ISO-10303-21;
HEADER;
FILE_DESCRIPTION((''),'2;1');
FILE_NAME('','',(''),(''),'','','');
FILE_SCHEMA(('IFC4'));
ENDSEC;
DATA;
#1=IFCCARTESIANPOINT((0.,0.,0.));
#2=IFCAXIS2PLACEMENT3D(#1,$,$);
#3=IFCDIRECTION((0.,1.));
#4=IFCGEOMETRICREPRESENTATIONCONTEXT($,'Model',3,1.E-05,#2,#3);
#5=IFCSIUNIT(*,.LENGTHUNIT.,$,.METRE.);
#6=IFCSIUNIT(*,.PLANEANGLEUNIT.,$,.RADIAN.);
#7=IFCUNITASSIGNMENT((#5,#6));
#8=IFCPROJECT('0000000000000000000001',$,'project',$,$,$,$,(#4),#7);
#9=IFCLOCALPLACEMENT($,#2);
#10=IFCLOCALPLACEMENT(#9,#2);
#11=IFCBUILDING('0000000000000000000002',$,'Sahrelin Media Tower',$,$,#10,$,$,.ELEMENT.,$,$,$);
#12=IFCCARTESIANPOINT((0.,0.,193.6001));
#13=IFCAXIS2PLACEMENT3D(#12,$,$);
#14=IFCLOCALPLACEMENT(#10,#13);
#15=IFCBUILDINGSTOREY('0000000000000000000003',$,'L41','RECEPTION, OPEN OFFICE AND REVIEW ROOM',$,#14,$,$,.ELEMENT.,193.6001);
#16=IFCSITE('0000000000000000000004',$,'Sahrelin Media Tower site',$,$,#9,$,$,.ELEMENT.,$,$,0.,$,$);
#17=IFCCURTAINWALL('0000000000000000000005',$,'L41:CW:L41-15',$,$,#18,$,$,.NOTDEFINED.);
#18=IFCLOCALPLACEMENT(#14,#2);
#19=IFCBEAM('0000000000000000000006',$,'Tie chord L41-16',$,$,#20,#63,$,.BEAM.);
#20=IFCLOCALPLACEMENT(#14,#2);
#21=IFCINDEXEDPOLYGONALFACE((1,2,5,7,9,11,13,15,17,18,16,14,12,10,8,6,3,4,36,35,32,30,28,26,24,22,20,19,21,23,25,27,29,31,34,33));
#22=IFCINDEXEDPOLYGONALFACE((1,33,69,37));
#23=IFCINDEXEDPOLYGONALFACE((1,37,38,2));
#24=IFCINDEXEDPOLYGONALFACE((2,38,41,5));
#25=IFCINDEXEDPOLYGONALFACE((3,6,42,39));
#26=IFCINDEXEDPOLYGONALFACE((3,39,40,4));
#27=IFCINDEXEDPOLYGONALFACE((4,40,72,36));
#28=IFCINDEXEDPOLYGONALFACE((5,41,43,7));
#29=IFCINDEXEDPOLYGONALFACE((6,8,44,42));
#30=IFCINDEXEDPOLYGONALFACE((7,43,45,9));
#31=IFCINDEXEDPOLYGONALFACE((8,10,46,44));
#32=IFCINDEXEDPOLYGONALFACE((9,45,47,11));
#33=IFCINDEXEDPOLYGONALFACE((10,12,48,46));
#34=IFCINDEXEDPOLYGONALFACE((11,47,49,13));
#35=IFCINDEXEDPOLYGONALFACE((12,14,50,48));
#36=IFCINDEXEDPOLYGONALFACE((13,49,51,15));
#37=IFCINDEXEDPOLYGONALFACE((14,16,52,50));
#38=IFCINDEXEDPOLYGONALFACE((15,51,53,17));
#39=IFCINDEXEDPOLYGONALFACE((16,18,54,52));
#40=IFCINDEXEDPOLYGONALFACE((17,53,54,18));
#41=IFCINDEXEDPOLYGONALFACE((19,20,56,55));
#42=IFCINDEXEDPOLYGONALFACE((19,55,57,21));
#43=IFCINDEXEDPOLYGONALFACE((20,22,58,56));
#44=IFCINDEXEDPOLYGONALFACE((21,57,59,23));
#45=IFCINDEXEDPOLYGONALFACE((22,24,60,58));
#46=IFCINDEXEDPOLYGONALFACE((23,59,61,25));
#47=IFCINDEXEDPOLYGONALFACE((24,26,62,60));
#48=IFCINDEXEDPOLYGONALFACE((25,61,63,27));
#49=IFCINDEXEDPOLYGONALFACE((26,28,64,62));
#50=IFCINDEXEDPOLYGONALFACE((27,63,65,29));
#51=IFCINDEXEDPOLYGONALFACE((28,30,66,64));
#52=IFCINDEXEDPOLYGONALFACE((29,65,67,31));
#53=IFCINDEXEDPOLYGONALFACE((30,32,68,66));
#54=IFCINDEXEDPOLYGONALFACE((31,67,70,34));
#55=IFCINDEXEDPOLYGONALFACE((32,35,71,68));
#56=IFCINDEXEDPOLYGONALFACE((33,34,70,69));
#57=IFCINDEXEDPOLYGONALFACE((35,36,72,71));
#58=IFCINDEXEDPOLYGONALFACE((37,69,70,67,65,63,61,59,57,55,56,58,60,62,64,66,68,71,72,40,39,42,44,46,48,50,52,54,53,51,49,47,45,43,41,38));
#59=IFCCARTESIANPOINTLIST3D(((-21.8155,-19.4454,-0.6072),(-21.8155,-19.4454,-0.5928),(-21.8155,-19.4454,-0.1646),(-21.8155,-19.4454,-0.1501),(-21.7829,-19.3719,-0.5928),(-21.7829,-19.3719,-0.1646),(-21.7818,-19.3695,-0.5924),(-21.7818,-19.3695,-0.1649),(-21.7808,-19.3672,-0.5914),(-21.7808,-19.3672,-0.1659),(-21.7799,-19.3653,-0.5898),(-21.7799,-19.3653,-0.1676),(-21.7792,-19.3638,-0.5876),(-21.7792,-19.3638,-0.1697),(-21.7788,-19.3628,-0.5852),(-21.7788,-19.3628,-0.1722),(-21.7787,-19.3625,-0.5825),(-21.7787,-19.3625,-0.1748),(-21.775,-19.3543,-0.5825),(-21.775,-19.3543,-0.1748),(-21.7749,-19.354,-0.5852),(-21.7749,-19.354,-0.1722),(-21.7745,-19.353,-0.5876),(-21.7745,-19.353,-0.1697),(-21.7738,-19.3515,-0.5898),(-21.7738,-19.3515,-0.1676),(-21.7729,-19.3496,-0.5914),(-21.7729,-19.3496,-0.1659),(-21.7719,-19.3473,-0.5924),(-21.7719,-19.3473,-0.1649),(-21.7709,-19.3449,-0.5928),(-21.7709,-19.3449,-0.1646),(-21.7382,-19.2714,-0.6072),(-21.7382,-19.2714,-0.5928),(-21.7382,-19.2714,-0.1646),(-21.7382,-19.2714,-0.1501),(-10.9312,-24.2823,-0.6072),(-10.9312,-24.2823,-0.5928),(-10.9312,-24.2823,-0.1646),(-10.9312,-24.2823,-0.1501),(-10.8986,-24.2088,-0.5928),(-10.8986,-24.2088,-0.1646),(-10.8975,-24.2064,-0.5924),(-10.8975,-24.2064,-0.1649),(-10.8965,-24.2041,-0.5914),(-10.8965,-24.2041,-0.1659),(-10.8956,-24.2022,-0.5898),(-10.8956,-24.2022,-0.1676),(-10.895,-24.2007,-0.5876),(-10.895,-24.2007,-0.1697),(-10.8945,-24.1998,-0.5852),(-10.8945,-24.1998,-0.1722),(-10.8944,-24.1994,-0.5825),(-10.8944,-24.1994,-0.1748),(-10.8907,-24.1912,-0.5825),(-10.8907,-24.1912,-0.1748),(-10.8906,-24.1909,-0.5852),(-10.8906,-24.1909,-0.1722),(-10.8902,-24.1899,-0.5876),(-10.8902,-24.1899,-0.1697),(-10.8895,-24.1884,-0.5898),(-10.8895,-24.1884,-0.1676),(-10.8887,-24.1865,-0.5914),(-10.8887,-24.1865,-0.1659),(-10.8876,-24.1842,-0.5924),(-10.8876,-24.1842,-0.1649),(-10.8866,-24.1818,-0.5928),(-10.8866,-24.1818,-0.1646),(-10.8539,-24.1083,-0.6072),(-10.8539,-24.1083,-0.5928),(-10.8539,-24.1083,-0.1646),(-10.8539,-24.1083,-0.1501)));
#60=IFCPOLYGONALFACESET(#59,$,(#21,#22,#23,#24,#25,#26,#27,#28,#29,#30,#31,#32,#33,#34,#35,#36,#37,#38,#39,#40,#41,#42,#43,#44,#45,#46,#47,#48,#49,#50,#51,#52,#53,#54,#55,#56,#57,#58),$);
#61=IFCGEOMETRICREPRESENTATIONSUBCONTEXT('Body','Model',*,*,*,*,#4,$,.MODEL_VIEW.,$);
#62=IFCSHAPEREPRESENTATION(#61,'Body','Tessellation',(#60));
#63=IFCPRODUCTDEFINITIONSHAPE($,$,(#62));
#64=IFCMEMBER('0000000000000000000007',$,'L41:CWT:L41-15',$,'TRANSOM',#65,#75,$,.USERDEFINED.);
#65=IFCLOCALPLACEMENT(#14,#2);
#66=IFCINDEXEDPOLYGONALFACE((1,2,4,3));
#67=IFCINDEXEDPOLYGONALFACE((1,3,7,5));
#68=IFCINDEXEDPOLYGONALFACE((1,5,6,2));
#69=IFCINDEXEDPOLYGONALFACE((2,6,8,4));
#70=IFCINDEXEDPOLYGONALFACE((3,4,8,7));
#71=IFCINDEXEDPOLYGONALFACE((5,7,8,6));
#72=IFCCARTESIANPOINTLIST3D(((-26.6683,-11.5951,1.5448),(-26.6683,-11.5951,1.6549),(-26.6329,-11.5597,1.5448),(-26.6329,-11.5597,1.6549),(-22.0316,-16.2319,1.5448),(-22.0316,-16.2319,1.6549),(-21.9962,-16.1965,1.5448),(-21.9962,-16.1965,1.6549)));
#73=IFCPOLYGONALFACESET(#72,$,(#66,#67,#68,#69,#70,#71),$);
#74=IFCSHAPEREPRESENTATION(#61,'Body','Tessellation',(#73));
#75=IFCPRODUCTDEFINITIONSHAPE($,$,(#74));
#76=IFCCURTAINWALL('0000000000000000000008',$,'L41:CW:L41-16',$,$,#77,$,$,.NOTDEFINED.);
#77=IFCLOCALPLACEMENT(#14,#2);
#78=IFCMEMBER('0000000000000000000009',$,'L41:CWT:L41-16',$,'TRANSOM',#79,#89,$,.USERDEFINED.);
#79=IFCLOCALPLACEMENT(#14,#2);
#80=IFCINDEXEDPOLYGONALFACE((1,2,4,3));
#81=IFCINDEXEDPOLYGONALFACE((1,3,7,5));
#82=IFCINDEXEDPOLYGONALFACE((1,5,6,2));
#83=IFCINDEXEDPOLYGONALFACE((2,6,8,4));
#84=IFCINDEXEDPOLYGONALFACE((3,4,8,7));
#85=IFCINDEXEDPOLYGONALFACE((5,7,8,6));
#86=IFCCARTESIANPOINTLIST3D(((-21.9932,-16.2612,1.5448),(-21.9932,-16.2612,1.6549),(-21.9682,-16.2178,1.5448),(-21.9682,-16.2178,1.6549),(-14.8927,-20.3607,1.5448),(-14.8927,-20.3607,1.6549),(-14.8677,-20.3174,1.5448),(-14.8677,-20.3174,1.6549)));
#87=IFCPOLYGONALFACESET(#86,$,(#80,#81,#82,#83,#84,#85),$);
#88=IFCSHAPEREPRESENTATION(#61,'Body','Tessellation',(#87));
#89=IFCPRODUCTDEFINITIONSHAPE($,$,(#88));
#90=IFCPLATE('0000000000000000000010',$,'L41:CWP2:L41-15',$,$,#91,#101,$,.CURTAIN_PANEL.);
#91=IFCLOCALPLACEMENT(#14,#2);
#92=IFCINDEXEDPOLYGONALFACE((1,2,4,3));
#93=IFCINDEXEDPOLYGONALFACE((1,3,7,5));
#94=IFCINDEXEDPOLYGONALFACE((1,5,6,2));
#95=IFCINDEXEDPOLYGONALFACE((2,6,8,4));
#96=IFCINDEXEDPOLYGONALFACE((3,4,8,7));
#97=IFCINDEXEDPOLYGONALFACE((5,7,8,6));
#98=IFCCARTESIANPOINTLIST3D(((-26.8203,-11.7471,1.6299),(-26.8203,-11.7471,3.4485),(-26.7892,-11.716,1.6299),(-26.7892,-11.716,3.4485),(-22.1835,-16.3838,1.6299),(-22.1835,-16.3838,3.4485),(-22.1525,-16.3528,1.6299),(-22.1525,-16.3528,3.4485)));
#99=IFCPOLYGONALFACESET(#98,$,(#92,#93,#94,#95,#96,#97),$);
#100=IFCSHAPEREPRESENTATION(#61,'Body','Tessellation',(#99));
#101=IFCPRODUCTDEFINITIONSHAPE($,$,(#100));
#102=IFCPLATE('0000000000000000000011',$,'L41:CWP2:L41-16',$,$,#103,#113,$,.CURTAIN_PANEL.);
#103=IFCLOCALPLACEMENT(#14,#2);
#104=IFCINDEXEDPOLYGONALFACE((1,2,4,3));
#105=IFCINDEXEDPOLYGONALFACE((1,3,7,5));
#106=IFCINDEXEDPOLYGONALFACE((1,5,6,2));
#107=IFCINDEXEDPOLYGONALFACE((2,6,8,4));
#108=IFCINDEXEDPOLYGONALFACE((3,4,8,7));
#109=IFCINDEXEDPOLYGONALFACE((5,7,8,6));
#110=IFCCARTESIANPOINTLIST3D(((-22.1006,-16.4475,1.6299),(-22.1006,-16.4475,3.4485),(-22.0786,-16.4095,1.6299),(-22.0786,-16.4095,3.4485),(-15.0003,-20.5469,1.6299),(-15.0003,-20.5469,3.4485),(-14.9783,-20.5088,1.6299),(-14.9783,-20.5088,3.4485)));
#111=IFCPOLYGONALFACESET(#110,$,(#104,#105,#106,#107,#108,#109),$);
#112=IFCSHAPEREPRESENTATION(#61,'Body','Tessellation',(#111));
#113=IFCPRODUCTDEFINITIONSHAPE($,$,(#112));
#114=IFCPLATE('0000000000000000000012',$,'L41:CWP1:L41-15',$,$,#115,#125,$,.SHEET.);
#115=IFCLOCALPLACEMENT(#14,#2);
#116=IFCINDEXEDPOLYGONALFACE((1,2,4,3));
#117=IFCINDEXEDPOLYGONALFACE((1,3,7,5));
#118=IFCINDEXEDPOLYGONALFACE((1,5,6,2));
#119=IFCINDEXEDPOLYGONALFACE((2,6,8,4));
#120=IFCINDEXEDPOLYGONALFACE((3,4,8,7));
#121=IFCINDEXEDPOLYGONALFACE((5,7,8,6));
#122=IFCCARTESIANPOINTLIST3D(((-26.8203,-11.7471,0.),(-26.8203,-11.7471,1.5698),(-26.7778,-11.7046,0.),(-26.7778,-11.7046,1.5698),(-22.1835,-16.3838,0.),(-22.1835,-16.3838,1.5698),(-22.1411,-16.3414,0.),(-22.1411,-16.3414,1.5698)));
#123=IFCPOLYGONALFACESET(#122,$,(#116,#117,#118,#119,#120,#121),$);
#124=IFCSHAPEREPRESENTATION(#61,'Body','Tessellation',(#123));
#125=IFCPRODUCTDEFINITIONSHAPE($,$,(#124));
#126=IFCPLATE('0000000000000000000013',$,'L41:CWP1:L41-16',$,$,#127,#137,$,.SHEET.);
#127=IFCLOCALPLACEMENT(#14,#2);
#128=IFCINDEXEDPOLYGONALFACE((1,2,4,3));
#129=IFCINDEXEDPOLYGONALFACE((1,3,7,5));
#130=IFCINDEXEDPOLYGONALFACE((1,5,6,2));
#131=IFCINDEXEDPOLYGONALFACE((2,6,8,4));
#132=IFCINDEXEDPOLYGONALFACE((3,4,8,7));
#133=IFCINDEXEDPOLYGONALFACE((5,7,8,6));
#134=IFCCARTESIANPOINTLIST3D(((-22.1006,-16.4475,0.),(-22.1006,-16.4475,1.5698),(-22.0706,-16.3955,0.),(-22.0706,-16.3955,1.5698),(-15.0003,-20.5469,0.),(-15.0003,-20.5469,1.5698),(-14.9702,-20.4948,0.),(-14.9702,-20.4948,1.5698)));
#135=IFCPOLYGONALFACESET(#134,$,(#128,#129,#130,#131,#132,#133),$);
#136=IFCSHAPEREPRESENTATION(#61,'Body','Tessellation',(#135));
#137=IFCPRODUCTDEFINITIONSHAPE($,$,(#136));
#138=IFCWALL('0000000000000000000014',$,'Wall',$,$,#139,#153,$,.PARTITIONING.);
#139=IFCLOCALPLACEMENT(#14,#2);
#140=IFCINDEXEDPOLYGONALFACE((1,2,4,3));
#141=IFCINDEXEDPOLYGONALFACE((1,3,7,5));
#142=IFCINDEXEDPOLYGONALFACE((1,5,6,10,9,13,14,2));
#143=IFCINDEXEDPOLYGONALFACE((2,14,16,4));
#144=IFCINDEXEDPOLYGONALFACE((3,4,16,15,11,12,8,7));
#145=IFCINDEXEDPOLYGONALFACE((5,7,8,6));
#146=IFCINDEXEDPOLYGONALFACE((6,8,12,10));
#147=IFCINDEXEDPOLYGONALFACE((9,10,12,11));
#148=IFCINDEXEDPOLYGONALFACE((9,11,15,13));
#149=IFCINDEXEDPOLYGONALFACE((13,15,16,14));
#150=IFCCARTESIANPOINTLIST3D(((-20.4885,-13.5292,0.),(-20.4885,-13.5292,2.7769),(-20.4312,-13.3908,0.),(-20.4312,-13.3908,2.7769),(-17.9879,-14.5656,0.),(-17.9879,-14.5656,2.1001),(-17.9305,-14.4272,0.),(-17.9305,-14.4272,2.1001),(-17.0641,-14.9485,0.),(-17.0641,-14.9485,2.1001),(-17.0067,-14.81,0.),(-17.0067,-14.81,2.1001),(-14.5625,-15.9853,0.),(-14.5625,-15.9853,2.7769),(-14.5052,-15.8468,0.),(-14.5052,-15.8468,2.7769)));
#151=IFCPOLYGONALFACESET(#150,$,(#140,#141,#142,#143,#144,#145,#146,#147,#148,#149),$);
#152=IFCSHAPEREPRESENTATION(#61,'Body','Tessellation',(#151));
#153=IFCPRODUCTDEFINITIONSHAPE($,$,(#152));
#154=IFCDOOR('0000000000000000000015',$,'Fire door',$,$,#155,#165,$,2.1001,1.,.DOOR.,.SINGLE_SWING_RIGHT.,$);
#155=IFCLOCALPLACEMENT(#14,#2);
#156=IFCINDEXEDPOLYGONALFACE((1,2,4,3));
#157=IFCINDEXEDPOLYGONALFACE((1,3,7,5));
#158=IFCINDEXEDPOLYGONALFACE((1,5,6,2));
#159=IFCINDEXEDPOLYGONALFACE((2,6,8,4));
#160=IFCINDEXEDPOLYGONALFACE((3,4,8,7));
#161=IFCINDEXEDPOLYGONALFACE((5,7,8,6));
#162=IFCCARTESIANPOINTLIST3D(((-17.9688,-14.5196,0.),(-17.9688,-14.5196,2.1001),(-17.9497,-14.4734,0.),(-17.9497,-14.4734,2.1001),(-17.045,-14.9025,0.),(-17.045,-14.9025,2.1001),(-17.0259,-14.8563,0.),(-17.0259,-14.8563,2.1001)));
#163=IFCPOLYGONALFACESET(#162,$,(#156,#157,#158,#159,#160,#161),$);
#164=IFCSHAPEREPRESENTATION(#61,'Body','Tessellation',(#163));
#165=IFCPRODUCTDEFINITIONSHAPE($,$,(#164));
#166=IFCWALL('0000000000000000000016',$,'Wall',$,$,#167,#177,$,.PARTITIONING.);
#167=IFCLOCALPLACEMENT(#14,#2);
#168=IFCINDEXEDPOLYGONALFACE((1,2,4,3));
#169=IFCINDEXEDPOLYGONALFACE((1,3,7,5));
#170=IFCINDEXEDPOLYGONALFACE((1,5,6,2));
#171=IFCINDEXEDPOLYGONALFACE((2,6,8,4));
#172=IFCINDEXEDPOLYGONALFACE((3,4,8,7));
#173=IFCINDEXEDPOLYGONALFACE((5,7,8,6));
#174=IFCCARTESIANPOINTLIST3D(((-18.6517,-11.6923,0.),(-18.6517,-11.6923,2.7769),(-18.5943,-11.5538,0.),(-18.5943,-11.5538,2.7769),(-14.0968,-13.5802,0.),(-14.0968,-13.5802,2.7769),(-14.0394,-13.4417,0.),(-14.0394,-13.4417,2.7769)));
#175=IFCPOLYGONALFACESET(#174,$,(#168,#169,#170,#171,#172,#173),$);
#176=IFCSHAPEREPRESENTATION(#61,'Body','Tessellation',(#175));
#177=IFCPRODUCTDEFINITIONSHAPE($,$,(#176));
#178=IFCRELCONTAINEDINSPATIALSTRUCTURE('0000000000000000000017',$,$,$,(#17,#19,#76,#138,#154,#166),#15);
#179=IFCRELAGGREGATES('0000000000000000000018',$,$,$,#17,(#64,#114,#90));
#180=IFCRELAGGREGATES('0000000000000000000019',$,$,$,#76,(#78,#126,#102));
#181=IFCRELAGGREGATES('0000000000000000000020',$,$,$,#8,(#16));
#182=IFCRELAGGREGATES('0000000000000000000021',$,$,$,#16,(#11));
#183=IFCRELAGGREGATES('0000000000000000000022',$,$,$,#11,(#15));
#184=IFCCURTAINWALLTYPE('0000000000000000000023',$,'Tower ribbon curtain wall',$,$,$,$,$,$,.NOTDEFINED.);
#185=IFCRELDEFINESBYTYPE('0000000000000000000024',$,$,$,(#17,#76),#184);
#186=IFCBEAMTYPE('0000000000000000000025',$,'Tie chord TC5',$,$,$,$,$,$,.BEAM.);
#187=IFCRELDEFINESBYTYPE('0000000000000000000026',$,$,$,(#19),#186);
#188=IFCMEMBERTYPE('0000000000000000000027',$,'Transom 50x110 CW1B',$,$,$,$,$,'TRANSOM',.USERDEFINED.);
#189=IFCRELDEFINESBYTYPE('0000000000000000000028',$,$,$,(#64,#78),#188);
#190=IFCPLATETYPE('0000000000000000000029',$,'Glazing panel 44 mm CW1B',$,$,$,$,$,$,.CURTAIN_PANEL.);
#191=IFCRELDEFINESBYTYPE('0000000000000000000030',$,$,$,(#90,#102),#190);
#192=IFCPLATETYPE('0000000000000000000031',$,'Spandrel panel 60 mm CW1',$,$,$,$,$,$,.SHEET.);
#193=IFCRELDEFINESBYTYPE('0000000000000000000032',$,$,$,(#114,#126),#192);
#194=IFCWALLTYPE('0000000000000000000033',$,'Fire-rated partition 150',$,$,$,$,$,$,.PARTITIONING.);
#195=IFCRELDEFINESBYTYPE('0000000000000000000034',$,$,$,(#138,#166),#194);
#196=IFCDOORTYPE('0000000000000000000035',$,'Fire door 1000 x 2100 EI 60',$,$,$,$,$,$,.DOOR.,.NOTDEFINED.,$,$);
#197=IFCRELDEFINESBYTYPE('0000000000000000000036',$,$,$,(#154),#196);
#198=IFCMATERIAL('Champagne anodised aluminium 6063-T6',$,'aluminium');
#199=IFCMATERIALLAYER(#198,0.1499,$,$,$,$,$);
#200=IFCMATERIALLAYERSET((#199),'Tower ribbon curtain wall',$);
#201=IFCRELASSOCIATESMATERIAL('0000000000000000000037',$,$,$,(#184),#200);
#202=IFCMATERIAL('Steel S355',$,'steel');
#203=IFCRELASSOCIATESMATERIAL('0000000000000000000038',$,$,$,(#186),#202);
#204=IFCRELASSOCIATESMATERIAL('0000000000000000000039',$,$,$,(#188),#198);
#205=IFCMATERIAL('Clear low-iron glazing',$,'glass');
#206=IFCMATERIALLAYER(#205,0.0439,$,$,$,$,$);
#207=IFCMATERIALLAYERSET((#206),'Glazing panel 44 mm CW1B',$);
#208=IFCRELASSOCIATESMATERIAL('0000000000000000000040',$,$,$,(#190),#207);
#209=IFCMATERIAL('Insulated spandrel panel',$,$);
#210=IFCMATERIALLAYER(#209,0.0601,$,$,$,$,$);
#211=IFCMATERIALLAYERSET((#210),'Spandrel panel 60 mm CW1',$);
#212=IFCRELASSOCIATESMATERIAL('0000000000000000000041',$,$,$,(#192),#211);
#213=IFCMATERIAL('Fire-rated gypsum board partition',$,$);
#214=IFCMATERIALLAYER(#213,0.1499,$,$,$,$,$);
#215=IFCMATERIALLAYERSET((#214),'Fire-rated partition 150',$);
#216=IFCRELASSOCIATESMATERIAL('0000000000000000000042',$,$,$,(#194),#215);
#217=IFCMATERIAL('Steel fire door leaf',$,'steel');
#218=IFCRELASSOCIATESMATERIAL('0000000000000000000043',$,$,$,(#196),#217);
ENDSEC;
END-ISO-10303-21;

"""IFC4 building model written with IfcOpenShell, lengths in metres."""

from ifc_helpers import new_model, si_unit, direction, frame, frame_2d, origin, origin_2d, place, context, subcontext, project, spatial, polyline, rectangle, i_section, outline, extrude, material, layer, layer_set, material_profile, profile_set, type_object, element, fill, aggregate, save


model = new_model("IFC4")

# Units and contexts
model_context = context("Model", 3, precision=1e-05, world=origin(), true_north=direction((0.0, 1.0)))
body_context = subcontext(model_context, "Body", "Model", "MODEL_VIEW")
ifc_project = project(units=[si_unit("LENGTHUNIT", "METRE"), si_unit("PLANEANGLEUNIT", "RADIAN")], contexts=[model_context])

# Site, building, storey
site_placement = place(None, origin())
site = spatial("IfcSite", under=ifc_project, at=site_placement, Name="Sahrelin Media Tower site", CompositionType="ELEMENT", RefElevation=0.0)
building_placement = place(site_placement, origin())
building = spatial("IfcBuilding", under=site, at=building_placement, Name="Sahrelin Media Tower", CompositionType="ELEMENT")
storey_placement = place(building_placement, frame((0.0, 0.0, 193.6001)))
storey = spatial("IfcBuildingStorey", under=building, at=storey_placement, Name="L41", Description="RECEPTION, OPEN OFFICE AND REVIEW ROOM", CompositionType="ELEMENT", Elevation=193.6001)

# Shared definitions
ifc_material_1 = material(Name="Steel S355", Category="steel")

# Curtain wall
ifc_material_2 = material(Name="Champagne anodised aluminium 6063-T6", Category="aluminium")
ifc_layer_1 = layer(ifc_material_2, 0.1499)
ifc_layer_set_1 = layer_set([ifc_layer_1], Name="Tower ribbon curtain wall")
curtain_wall_type = type_object("IfcCurtainWallType", Name="Tower ribbon curtain wall", PredefinedType="NOTDEFINED", material=ifc_layer_set_1)
curtain_wall_1_placement = place(storey_placement, frame((-24.4878, -14.0513, 0.0), z_axis=(0.0, 0.0, 1.0), x_axis=(1.0, 0.0, 0.0)))
curtain_wall_1 = element("IfcCurtainWall", 1, at=curtain_wall_1_placement, inside=storey, type_object=curtain_wall_type, Name="L41:CW:L41-15", PredefinedType="NOTDEFINED")

# Beam
ifc_material_profile_1 = material_profile(ifc_material_1, i_section(OverallWidth=0.1904, OverallDepth=0.457, WebThickness=0.009, FlangeThickness=0.0144, FilletRadius=0.0103, at=origin_2d()), Name="UB 457x191x74")
ifc_profile_set_1 = profile_set([ifc_material_profile_1], Name="Steel S355")
beam_type_1 = type_object("IfcBeamType", Name="Tie chord TC5", PredefinedType="BEAM", material=ifc_profile_set_1)
beam_1_placement = place(storey_placement, frame((-21.7769, -19.3584, -0.3787), z_axis=(0.913828, -0.4061, 0.0), x_axis=(0.4061, 0.913828, 0.0)))
element("IfcBeam", 2, at=beam_1_placement, inside=storey, type_object=beam_type_1, Name="Tie chord L41-16", PredefinedType="BEAM", context=body_context, shape_type="SweptSolid", body=[
    extrude(i_section(OverallWidth=0.1904, OverallDepth=0.457, WebThickness=0.009, FlangeThickness=0.0144, FilletRadius=0.0103, at=origin_2d()), origin(), (0.0, 0.0, 1.0), 11.9106),
])

# Member
ifc_material_profile_2 = material_profile(ifc_material_2, rectangle(XDim=0.05, YDim=0.1101, at=origin_2d()), Name="Transom 50x110")
ifc_profile_set_2 = profile_set([ifc_material_profile_2], Name="Champagne anodised aluminium 6063-T6")
member_type_1 = type_object("IfcMemberType", Name="Transom 50x110 CW1B", ElementType="TRANSOM", PredefinedType="USERDEFINED", material=ifc_profile_set_2)
member_1_placement = place(storey_placement, frame((-26.6506, -11.5774, 1.5999), z_axis=(0.707107, -0.707107, 0.0), x_axis=(0.707107, 0.707107, 0.0)))
member_1 = element("IfcMember", 3, at=member_1_placement, type_object=member_type_1, Name="L41:CWT:L41-15", ObjectType="TRANSOM", PredefinedType="USERDEFINED", context=body_context, shape_type="SweptSolid", body=[
    extrude(rectangle(XDim=0.05, YDim=0.1101, at=origin_2d()), origin(), (0.0, 0.0, 1.0), 6.5574),
])

# Curtain wall, member
curtain_wall_2_placement = place(storey_placement, frame((-18.5405, -18.48, 0.0), z_axis=(0.0, 0.0, 1.0), x_axis=(1.0, 0.0, 0.0)))
curtain_wall_2 = element("IfcCurtainWall", 4, at=curtain_wall_2_placement, inside=storey, type_object=curtain_wall_type, Name="L41:CW:L41-16", PredefinedType="NOTDEFINED")
member_2_placement = place(storey_placement, frame((-21.9807, -16.2395, 1.5999), z_axis=(0.866021, -0.500008, 0.0), x_axis=(0.500008, 0.866021, 0.0)))
member_2 = element("IfcMember", 5, at=member_2_placement, type_object=member_type_1, Name="L41:CWT:L41-16", ObjectType="TRANSOM", PredefinedType="USERDEFINED", context=body_context, shape_type="SweptSolid", body=[
    extrude(rectangle(XDim=0.05, YDim=0.1101, at=origin_2d()), origin(), (0.0, 0.0, 1.0), 8.199),
])

# Plates
ifc_material_3 = material(Name="Clear low-iron glazing", Category="glass")
ifc_layer_2 = layer(ifc_material_3, 0.0439)
ifc_layer_set_2 = layer_set([ifc_layer_2], Name="Glazing panel 44 mm CW1B")
plate_type_1 = type_object("IfcPlateType", Name="Glazing panel 44 mm CW1B", PredefinedType="CURTAIN_PANEL", material=ifc_layer_set_2)
plate_1_placement = place(storey_placement, frame((-26.8203, -11.7471, 1.6299), z_axis=(-0.707107, -0.707107, 0.0), x_axis=(0.707107, -0.707107, 0.0)))
plate_1 = element("IfcPlate", 6, at=plate_1_placement, type_object=plate_type_1, Name="L41:CWP2:L41-15", PredefinedType="CURTAIN_PANEL", context=body_context, shape_type="SweptSolid", body=[
    extrude(outline(polyline([(0.0, 0.0), (6.5574, 0.0), (6.5574, 1.8186), (0.0, 1.8186), (0.0, 0.0)])), origin(), (0.0, 0.0, -1.0), 0.0439),
])
plate_2_placement = place(storey_placement, frame((-22.1006, -16.4475, 1.6299), z_axis=(-0.499998, -0.866026, 0.0), x_axis=(0.866026, -0.499998, 0.0)))
plate_2 = element("IfcPlate", 7, at=plate_2_placement, type_object=plate_type_1, Name="L41:CWP2:L41-16", PredefinedType="CURTAIN_PANEL", context=body_context, shape_type="SweptSolid", body=[
    extrude(outline(polyline([(0.0, 0.0), (8.1987, 0.0), (8.1987, 1.8186), (0.0, 1.8186), (0.0, 0.0)])), origin(), (0.0, 0.0, -1.0), 0.0439),
])
ifc_material_4 = material(Name="Insulated spandrel panel")
ifc_layer_3 = layer(ifc_material_4, 0.0601)
ifc_layer_set_3 = layer_set([ifc_layer_3], Name="Spandrel panel 60 mm CW1")
plate_type_2 = type_object("IfcPlateType", Name="Spandrel panel 60 mm CW1", PredefinedType="SHEET", material=ifc_layer_set_3)
plate_3_placement = place(storey_placement, frame((-26.8203, -11.7471, 0.0), z_axis=(-0.707107, -0.707107, 0.0), x_axis=(0.707107, -0.707107, 0.0)))
plate_3 = element("IfcPlate", 8, at=plate_3_placement, type_object=plate_type_2, Name="L41:CWP1:L41-15", PredefinedType="SHEET", context=body_context, shape_type="SweptSolid", body=[
    extrude(outline(polyline([(0.0, 0.0), (6.5574, 0.0), (6.5574, 1.5698), (0.0, 1.5698), (0.0, 0.0)])), origin(), (0.0, 0.0, -1.0), 0.0601),
])
aggregate(curtain_wall_1, [member_1, plate_3, plate_1])
plate_4_placement = place(storey_placement, frame((-22.1006, -16.4475, 0.0), z_axis=(-0.499998, -0.866026, 0.0), x_axis=(0.866026, -0.499998, 0.0)))
plate_4 = element("IfcPlate", 9, at=plate_4_placement, type_object=plate_type_2, Name="L41:CWP1:L41-16", PredefinedType="SHEET", context=body_context, shape_type="SweptSolid", body=[
    extrude(outline(polyline([(0.0, 0.0), (8.1987, 0.0), (8.1987, 1.5698), (0.0, 1.5698), (0.0, 0.0)])), origin(), (0.0, 0.0, -1.0), 0.0601),
])
aggregate(curtain_wall_2, [member_2, plate_4, plate_2])

# Wall, opening, door
ifc_material_5 = material(Name="Fire-rated gypsum board partition")
ifc_layer_4 = layer(ifc_material_5, 0.1499)
ifc_layer_set_4 = layer_set([ifc_layer_4], Name="Fire-rated partition 150")
wall_type_1 = type_object("IfcWallType", Name="Fire-rated partition 150", PredefinedType="PARTITIONING", material=ifc_layer_set_4)
wall_1_placement = place(storey_placement, frame((-20.46, -13.46, 0.0), z_axis=(0.0, 0.0, 1.0), x_axis=(0.923802, -0.382872, 0.0)))
wall_1 = element("IfcWall", 10, at=wall_1_placement, inside=storey, type_object=wall_type_1, Name="Wall", PredefinedType="PARTITIONING", context=body_context, shape_type="SweptSolid", body=[
    extrude(rectangle(XDim=6.4148, YDim=0.1499, at=frame_2d((3.2075, 0.0))), origin(), (0.0, 0.0, 1.0), 2.7769),
])
opening_placement = place(wall_1_placement, frame((2.707, 0.0, 0.0)))
opening = element("IfcOpeningElement", 11, at=opening_placement, cuts=wall_1, PredefinedType="OPENING", context=body_context, shape_type="SweptSolid", body=[
    extrude(rectangle(XDim=1.0, YDim=2.1001, at=frame_2d((0.5, 1.05))), frame((0.0, 0.075, 0.0), z_axis=(0.0, -1.0, 0.0), x_axis=(1.0, 0.0, 0.0)), (0.0, 0.0, 1.0), 0.1499),
])
ifc_material_6 = material(Name="Steel fire door leaf", Category="steel")
door_type = type_object("IfcDoorType", Name="Fire door 1000 x 2100 EI 60", OperationType="NOTDEFINED", PredefinedType="DOOR", material=ifc_material_6)
door_placement = place(opening_placement, origin())
door = element("IfcDoor", 12, at=door_placement, inside=storey, type_object=door_type, Name="Fire door", OperationType="SINGLE_SWING_RIGHT", OverallHeight=2.1001, OverallWidth=1.0, PredefinedType="DOOR", context=body_context, shape_type="SweptSolid", body=[
    extrude(rectangle(XDim=1.0, YDim=2.1001, at=frame_2d((0.5, 1.05))), frame((0.0, 0.0249, 0.0), z_axis=(0.0, -1.0, 0.0), x_axis=(1.0, 0.0, 0.0)), (0.0, 0.0, 1.0), 0.05),
])
fill(opening, door)

# Wall
wall_2_placement = place(storey_placement, frame((-18.623, -11.623, 0.0), z_axis=(0.0, 0.0, 1.0), x_axis=(0.923792, -0.382895, 0.0)))
element("IfcWall", 13, at=wall_2_placement, inside=storey, type_object=wall_type_1, Name="Wall", PredefinedType="PARTITIONING", context=body_context, shape_type="SweptSolid", body=[
    extrude(rectangle(XDim=4.9307, YDim=0.1499, at=frame_2d((2.4653, 0.0))), origin(), (0.0, 0.0, 1.0), 2.7769),
])

save(model, "model.ifc")
